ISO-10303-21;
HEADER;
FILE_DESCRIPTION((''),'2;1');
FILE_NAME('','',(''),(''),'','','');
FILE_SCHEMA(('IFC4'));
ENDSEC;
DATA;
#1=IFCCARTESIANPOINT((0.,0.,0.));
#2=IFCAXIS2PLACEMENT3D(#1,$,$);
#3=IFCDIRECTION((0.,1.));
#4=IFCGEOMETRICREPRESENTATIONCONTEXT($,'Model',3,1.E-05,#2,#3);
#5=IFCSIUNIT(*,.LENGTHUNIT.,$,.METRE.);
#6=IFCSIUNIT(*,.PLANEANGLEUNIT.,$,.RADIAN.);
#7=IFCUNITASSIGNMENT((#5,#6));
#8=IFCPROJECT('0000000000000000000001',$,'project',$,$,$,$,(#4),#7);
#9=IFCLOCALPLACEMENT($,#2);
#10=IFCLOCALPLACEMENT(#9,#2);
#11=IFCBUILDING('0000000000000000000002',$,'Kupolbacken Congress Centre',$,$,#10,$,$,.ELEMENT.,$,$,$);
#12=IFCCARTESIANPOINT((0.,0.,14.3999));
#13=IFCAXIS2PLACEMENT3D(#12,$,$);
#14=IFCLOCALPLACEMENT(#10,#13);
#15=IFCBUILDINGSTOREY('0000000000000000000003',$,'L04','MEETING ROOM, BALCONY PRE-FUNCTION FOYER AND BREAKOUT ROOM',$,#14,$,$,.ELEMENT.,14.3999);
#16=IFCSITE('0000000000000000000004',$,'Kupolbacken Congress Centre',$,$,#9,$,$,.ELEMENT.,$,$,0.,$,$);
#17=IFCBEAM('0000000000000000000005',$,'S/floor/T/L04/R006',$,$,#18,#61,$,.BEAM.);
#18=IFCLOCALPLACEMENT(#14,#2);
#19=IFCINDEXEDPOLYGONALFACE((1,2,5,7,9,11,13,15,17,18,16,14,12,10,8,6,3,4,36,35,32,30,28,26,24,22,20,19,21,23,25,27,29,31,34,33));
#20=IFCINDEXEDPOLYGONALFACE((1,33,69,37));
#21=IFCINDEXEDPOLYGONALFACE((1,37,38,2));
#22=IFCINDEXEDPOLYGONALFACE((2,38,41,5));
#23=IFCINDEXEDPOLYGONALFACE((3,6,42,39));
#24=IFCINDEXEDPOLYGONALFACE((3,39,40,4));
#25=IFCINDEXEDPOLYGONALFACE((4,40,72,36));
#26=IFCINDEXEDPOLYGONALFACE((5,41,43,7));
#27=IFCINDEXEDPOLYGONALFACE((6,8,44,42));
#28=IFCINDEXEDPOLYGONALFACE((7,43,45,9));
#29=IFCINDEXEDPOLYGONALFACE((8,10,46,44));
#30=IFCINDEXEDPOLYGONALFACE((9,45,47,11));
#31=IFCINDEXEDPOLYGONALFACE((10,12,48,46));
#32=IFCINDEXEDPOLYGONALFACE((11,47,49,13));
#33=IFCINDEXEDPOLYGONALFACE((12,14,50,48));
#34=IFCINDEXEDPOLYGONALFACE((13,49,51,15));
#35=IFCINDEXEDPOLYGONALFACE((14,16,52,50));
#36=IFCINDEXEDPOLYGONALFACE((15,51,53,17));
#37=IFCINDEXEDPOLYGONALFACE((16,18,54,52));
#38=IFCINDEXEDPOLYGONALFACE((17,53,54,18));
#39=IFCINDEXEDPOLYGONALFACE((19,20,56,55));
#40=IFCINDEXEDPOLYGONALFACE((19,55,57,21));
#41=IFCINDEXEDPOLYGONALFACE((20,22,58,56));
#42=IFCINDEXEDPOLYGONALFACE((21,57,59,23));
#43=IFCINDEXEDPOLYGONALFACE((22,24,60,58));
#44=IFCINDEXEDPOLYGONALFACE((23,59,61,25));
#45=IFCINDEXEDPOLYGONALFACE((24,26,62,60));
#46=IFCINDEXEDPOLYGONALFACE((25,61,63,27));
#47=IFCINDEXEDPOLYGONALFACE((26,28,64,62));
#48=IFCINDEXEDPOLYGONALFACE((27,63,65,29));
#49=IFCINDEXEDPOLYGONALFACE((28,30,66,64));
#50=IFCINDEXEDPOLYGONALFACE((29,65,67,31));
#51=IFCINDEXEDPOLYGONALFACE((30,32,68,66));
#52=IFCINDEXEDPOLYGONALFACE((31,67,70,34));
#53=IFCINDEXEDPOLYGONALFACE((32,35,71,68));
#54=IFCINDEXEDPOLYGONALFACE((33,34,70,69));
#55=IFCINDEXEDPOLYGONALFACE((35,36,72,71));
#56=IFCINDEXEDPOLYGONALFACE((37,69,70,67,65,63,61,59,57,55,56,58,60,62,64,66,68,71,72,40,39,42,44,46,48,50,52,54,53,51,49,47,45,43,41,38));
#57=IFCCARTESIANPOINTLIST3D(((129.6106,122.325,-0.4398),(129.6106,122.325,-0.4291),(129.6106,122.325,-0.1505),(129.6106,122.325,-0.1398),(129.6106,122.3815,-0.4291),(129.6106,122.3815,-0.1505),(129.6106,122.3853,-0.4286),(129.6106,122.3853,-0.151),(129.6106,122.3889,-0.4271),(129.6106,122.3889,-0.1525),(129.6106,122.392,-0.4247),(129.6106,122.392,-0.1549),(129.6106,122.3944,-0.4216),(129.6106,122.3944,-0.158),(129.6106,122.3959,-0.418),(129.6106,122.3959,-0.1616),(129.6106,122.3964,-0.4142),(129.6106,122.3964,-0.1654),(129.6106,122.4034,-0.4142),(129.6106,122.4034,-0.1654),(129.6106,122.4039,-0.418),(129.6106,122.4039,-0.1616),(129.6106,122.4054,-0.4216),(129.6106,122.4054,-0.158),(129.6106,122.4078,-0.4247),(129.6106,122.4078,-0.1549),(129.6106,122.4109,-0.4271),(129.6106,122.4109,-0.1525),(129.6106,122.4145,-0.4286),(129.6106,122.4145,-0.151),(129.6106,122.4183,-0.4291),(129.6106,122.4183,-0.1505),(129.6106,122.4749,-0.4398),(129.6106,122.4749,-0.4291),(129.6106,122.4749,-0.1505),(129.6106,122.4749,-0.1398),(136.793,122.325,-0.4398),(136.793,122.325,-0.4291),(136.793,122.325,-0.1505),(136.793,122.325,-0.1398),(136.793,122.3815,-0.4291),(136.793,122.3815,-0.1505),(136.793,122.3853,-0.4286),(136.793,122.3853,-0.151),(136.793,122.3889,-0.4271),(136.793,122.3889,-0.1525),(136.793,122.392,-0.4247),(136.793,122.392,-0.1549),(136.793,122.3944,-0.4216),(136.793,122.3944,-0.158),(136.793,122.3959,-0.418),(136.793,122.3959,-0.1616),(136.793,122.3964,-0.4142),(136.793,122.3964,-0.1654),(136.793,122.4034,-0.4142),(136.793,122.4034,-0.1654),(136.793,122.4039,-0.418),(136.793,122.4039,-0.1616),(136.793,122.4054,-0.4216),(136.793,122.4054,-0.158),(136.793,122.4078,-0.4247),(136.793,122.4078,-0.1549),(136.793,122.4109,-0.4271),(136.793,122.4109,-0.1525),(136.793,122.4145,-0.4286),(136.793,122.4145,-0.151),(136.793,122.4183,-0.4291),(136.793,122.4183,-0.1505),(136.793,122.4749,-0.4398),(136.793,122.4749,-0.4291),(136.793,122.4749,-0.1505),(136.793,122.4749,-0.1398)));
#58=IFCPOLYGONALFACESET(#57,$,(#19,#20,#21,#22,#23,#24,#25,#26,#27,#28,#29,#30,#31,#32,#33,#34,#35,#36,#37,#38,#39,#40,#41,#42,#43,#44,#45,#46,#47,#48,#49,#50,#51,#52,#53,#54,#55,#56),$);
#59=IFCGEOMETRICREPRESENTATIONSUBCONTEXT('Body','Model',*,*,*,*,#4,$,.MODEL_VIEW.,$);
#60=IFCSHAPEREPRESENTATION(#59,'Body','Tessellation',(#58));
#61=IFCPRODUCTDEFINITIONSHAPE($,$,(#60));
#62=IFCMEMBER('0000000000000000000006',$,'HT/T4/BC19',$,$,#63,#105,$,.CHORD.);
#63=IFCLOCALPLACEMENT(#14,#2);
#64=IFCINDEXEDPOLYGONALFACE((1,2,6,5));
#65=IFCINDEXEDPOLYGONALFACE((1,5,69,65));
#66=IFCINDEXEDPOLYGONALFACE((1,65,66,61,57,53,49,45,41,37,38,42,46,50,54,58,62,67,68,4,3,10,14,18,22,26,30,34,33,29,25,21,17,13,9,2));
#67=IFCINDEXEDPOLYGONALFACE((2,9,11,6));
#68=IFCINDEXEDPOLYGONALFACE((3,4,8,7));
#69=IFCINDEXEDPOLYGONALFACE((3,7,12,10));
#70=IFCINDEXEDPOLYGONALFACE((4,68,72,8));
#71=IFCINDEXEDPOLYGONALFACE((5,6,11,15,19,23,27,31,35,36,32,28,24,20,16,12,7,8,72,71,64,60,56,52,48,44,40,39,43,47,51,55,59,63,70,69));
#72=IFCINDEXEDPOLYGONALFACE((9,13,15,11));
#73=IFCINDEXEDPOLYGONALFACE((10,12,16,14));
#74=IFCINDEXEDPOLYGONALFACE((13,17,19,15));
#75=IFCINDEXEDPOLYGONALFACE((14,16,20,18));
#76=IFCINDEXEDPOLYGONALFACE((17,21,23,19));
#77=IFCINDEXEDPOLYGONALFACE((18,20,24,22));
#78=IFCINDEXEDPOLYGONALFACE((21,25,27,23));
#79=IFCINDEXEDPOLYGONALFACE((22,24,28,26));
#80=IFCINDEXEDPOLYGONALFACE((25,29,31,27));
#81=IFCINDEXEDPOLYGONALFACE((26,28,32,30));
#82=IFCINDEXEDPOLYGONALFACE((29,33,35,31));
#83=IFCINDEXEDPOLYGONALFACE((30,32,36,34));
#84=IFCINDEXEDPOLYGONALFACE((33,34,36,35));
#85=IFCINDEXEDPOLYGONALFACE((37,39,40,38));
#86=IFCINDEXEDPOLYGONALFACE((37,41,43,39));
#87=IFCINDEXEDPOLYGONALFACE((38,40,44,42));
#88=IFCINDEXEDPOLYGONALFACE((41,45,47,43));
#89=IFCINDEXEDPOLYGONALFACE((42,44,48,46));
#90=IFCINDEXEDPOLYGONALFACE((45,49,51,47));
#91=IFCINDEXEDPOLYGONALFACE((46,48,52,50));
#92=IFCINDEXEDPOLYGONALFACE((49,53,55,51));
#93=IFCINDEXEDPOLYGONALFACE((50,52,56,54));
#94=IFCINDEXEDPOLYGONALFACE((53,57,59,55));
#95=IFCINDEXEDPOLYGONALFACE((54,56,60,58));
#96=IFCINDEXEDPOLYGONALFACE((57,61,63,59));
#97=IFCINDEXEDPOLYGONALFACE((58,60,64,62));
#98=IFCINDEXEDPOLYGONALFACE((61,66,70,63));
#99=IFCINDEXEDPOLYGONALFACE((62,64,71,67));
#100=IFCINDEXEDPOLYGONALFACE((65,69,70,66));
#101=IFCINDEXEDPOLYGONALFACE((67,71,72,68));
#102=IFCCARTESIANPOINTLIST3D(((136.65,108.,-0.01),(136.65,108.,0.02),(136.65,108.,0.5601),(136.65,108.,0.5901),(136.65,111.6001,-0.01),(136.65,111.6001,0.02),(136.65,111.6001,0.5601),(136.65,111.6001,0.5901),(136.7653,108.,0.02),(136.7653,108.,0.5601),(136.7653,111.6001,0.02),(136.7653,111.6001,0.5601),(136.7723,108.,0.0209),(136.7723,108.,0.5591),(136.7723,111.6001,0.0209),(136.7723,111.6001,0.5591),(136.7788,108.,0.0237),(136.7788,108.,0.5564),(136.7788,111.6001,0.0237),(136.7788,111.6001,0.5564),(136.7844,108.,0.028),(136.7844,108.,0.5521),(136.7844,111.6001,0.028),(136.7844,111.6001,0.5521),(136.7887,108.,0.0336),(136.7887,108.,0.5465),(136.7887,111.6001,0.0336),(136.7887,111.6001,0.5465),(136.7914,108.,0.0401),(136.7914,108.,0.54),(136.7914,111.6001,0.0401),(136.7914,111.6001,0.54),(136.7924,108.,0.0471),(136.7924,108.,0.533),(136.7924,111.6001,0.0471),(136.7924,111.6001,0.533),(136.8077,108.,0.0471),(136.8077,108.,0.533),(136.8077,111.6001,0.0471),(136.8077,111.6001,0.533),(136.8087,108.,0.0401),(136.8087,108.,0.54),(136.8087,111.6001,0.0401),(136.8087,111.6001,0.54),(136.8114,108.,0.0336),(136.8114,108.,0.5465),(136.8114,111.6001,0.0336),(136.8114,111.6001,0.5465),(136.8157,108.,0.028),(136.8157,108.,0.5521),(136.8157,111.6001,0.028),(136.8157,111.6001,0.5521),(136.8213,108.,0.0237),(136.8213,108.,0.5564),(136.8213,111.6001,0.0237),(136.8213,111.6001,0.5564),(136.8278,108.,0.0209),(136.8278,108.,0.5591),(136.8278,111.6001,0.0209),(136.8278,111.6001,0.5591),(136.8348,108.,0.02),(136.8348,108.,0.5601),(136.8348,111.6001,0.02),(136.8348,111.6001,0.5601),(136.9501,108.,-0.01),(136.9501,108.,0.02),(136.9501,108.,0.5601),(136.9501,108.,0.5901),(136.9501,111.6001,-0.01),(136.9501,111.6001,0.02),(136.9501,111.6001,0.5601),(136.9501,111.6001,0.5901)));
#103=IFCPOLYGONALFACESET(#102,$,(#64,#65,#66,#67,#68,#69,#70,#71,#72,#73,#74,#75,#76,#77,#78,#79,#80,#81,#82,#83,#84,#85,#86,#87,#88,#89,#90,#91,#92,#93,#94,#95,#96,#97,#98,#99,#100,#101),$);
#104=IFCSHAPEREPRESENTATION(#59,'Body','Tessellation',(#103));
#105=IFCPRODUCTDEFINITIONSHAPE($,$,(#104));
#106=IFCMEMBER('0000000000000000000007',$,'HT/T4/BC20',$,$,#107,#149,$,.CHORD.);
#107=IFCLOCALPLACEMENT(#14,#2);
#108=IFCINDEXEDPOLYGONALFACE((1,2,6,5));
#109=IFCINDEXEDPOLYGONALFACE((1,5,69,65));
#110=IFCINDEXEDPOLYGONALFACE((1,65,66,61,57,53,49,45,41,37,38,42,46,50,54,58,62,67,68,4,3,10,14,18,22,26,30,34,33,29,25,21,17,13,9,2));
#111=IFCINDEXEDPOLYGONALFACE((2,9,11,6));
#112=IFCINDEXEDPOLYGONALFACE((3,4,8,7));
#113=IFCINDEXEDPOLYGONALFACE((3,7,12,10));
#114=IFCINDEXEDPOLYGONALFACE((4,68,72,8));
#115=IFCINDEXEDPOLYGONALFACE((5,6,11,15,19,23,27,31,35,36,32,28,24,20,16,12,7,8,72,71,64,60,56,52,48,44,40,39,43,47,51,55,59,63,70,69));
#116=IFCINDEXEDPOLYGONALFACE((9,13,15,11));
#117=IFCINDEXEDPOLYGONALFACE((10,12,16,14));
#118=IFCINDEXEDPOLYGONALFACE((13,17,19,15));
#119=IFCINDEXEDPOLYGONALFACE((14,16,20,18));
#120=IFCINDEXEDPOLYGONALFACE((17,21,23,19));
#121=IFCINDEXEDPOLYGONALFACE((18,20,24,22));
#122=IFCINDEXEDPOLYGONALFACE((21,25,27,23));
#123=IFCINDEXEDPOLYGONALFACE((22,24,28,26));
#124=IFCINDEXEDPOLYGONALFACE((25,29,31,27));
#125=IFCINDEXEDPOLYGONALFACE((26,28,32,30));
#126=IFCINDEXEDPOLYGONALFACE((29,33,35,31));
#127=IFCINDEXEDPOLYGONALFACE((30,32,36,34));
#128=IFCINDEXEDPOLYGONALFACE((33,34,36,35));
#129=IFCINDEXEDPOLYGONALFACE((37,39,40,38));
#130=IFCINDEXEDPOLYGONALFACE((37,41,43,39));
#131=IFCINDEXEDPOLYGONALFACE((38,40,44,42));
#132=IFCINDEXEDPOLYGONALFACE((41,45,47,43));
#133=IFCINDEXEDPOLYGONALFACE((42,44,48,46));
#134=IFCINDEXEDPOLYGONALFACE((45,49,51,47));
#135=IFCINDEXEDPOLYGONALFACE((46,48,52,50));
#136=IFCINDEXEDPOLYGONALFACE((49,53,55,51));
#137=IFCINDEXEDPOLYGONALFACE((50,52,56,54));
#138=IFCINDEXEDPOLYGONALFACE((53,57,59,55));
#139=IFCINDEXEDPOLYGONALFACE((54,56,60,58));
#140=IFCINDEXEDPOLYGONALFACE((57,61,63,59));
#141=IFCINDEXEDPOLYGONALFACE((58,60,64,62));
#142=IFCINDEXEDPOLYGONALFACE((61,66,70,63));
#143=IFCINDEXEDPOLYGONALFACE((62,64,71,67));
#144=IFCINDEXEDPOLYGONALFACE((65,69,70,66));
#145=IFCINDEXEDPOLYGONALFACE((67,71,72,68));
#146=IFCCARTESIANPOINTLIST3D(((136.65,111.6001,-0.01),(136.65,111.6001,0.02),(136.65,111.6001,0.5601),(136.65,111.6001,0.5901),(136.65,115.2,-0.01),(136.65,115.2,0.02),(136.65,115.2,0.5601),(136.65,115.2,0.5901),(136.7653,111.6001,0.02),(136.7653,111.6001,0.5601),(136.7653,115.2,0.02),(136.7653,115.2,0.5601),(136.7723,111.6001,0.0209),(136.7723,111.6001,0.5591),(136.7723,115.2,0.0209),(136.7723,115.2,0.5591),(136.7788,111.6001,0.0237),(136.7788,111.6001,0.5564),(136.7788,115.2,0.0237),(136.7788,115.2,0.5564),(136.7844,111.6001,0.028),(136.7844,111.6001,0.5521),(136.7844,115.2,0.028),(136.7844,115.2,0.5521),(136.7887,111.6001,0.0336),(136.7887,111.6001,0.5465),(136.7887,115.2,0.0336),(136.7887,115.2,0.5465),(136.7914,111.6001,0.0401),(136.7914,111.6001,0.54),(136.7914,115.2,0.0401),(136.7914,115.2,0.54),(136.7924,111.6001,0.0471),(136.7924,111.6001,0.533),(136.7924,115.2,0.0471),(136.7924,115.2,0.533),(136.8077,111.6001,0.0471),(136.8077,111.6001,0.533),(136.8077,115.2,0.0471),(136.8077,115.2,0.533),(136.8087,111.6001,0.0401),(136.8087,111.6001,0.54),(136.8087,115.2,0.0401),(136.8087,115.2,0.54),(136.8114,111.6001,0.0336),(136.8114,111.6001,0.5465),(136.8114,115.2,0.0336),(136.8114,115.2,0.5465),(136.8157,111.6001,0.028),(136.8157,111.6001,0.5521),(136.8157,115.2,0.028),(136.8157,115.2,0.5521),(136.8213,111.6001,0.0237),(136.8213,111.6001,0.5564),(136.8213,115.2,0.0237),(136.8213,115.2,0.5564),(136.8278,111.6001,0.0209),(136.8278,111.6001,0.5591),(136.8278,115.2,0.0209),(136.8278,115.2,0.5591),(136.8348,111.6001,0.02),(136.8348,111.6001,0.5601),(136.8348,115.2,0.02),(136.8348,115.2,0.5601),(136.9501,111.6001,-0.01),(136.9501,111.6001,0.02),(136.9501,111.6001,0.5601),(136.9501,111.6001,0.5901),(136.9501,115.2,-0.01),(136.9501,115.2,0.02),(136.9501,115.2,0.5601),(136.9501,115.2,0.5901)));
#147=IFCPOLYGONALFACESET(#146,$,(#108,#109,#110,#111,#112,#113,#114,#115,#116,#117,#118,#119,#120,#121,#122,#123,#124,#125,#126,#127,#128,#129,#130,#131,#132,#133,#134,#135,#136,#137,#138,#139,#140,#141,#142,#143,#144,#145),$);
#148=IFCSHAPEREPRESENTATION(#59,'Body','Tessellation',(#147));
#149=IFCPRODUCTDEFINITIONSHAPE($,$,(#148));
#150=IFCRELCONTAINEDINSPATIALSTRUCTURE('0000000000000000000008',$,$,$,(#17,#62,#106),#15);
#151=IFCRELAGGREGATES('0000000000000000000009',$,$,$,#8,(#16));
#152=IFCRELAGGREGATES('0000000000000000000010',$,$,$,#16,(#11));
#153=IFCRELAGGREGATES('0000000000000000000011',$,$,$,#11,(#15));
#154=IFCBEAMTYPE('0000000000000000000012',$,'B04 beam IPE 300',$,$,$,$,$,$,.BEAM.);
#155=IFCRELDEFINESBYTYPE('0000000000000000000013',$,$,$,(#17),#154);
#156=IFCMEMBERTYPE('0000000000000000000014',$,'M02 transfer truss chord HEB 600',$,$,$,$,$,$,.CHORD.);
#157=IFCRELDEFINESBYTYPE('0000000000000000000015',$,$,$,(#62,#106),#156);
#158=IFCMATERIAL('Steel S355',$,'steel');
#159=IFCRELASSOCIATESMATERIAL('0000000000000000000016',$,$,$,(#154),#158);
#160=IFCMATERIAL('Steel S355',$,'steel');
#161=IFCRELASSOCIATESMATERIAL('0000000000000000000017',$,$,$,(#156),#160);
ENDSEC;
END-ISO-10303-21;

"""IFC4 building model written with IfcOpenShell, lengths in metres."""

from ifc_helpers import new_model, si_unit, direction, frame, origin, origin_2d, place, context, subcontext, project, spatial, i_section, extrude, material, material_profile, profile_set, type_object, element, save


model = new_model("IFC4")

# Units and contexts
model_context = context("Model", 3, precision=1e-05, world=origin(), true_north=direction((0.0, 1.0)))
body_context = subcontext(model_context, "Body", "Model", "MODEL_VIEW")
ifc_project = project(units=[si_unit("LENGTHUNIT", "METRE"), si_unit("PLANEANGLEUNIT", "RADIAN")], contexts=[model_context])

# Site, building, storey
site_placement = place(None, origin())
site = spatial("IfcSite", under=ifc_project, at=site_placement, Name="Kupolbacken Congress Centre", CompositionType="ELEMENT", RefElevation=0.0)
building_placement = place(site_placement, origin())
building = spatial("IfcBuilding", under=site, at=building_placement, Name="Kupolbacken Congress Centre", CompositionType="ELEMENT")
storey_placement = place(building_placement, frame((0.0, 0.0, 14.3999)))
storey = spatial("IfcBuildingStorey", under=building, at=storey_placement, Name="L04", Description="MEETING ROOM, BALCONY PRE-FUNCTION FOYER AND BREAKOUT ROOM", CompositionType="ELEMENT", Elevation=14.3999)

# Beam
ifc_material_1 = material(Name="Steel S355", Category="steel")
ifc_material_profile_1 = material_profile(ifc_material_1, i_section(OverallWidth=0.1499, OverallDepth=0.3, WebThickness=0.0071, FlangeThickness=0.0107, FilletRadius=0.0149, at=origin_2d()), Name="IPE 300")
ifc_profile_set_1 = profile_set([ifc_material_profile_1], Name="Steel S355")
beam_type = type_object("IfcBeamType", Name="B04 beam IPE 300", PredefinedType="BEAM", material=ifc_profile_set_1)
beam_placement = place(storey_placement, frame((129.6106, 122.3999, -0.2898), z_axis=(1.0, 0.0, 0.0), x_axis=(0.0, 1.0, 0.0)))
element("IfcBeam", 1, at=beam_placement, inside=storey, type_object=beam_type, Name="S/floor/T/L04/R006", PredefinedType="BEAM", context=body_context, shape_type="SweptSolid", body=[
    extrude(i_section(OverallWidth=0.1499, OverallDepth=0.3, WebThickness=0.0071, FlangeThickness=0.0107, FilletRadius=0.0149, at=origin_2d()), origin(), (0.0, 0.0, 1.0), 7.1824),
])

# Members
ifc_material_2 = material(Name="Steel S355", Category="steel")
ifc_material_profile_2 = material_profile(ifc_material_2, i_section(OverallWidth=0.3, OverallDepth=0.6001, WebThickness=0.0154, FlangeThickness=0.03, FilletRadius=0.0271, at=origin_2d()), Name="HEB 600")
ifc_profile_set_2 = profile_set([ifc_material_profile_2], Name="Steel S355")
member_type_1 = type_object("IfcMemberType", Name="M02 transfer truss chord HEB 600", PredefinedType="CHORD", material=ifc_profile_set_2)
member_1_placement = place(storey_placement, frame((136.8, 108.0, 0.29), z_axis=(0.0, 1.0, 0.0), x_axis=(-1.0, 0.0, 0.0)))
element("IfcMember", 2, at=member_1_placement, inside=storey, type_object=member_type_1, Name="HT/T4/BC19", PredefinedType="CHORD", context=body_context, shape_type="SweptSolid", body=[
    extrude(i_section(OverallWidth=0.3, OverallDepth=0.6001, WebThickness=0.0154, FlangeThickness=0.03, FilletRadius=0.0271, at=origin_2d()), origin(), (0.0, 0.0, 1.0), 3.6001),
])
member_2_placement = place(storey_placement, frame((136.8, 111.6001, 0.29), z_axis=(0.0, 1.0, 0.0), x_axis=(-1.0, 0.0, 0.0)))
element("IfcMember", 3, at=member_2_placement, inside=storey, type_object=member_type_1, Name="HT/T4/BC20", PredefinedType="CHORD", context=body_context, shape_type="SweptSolid", body=[
    extrude(i_section(OverallWidth=0.3, OverallDepth=0.6001, WebThickness=0.0154, FlangeThickness=0.03, FilletRadius=0.0271, at=origin_2d()), origin(), (0.0, 0.0, 1.0), 3.5999),
])

save(model, "model.ifc")
